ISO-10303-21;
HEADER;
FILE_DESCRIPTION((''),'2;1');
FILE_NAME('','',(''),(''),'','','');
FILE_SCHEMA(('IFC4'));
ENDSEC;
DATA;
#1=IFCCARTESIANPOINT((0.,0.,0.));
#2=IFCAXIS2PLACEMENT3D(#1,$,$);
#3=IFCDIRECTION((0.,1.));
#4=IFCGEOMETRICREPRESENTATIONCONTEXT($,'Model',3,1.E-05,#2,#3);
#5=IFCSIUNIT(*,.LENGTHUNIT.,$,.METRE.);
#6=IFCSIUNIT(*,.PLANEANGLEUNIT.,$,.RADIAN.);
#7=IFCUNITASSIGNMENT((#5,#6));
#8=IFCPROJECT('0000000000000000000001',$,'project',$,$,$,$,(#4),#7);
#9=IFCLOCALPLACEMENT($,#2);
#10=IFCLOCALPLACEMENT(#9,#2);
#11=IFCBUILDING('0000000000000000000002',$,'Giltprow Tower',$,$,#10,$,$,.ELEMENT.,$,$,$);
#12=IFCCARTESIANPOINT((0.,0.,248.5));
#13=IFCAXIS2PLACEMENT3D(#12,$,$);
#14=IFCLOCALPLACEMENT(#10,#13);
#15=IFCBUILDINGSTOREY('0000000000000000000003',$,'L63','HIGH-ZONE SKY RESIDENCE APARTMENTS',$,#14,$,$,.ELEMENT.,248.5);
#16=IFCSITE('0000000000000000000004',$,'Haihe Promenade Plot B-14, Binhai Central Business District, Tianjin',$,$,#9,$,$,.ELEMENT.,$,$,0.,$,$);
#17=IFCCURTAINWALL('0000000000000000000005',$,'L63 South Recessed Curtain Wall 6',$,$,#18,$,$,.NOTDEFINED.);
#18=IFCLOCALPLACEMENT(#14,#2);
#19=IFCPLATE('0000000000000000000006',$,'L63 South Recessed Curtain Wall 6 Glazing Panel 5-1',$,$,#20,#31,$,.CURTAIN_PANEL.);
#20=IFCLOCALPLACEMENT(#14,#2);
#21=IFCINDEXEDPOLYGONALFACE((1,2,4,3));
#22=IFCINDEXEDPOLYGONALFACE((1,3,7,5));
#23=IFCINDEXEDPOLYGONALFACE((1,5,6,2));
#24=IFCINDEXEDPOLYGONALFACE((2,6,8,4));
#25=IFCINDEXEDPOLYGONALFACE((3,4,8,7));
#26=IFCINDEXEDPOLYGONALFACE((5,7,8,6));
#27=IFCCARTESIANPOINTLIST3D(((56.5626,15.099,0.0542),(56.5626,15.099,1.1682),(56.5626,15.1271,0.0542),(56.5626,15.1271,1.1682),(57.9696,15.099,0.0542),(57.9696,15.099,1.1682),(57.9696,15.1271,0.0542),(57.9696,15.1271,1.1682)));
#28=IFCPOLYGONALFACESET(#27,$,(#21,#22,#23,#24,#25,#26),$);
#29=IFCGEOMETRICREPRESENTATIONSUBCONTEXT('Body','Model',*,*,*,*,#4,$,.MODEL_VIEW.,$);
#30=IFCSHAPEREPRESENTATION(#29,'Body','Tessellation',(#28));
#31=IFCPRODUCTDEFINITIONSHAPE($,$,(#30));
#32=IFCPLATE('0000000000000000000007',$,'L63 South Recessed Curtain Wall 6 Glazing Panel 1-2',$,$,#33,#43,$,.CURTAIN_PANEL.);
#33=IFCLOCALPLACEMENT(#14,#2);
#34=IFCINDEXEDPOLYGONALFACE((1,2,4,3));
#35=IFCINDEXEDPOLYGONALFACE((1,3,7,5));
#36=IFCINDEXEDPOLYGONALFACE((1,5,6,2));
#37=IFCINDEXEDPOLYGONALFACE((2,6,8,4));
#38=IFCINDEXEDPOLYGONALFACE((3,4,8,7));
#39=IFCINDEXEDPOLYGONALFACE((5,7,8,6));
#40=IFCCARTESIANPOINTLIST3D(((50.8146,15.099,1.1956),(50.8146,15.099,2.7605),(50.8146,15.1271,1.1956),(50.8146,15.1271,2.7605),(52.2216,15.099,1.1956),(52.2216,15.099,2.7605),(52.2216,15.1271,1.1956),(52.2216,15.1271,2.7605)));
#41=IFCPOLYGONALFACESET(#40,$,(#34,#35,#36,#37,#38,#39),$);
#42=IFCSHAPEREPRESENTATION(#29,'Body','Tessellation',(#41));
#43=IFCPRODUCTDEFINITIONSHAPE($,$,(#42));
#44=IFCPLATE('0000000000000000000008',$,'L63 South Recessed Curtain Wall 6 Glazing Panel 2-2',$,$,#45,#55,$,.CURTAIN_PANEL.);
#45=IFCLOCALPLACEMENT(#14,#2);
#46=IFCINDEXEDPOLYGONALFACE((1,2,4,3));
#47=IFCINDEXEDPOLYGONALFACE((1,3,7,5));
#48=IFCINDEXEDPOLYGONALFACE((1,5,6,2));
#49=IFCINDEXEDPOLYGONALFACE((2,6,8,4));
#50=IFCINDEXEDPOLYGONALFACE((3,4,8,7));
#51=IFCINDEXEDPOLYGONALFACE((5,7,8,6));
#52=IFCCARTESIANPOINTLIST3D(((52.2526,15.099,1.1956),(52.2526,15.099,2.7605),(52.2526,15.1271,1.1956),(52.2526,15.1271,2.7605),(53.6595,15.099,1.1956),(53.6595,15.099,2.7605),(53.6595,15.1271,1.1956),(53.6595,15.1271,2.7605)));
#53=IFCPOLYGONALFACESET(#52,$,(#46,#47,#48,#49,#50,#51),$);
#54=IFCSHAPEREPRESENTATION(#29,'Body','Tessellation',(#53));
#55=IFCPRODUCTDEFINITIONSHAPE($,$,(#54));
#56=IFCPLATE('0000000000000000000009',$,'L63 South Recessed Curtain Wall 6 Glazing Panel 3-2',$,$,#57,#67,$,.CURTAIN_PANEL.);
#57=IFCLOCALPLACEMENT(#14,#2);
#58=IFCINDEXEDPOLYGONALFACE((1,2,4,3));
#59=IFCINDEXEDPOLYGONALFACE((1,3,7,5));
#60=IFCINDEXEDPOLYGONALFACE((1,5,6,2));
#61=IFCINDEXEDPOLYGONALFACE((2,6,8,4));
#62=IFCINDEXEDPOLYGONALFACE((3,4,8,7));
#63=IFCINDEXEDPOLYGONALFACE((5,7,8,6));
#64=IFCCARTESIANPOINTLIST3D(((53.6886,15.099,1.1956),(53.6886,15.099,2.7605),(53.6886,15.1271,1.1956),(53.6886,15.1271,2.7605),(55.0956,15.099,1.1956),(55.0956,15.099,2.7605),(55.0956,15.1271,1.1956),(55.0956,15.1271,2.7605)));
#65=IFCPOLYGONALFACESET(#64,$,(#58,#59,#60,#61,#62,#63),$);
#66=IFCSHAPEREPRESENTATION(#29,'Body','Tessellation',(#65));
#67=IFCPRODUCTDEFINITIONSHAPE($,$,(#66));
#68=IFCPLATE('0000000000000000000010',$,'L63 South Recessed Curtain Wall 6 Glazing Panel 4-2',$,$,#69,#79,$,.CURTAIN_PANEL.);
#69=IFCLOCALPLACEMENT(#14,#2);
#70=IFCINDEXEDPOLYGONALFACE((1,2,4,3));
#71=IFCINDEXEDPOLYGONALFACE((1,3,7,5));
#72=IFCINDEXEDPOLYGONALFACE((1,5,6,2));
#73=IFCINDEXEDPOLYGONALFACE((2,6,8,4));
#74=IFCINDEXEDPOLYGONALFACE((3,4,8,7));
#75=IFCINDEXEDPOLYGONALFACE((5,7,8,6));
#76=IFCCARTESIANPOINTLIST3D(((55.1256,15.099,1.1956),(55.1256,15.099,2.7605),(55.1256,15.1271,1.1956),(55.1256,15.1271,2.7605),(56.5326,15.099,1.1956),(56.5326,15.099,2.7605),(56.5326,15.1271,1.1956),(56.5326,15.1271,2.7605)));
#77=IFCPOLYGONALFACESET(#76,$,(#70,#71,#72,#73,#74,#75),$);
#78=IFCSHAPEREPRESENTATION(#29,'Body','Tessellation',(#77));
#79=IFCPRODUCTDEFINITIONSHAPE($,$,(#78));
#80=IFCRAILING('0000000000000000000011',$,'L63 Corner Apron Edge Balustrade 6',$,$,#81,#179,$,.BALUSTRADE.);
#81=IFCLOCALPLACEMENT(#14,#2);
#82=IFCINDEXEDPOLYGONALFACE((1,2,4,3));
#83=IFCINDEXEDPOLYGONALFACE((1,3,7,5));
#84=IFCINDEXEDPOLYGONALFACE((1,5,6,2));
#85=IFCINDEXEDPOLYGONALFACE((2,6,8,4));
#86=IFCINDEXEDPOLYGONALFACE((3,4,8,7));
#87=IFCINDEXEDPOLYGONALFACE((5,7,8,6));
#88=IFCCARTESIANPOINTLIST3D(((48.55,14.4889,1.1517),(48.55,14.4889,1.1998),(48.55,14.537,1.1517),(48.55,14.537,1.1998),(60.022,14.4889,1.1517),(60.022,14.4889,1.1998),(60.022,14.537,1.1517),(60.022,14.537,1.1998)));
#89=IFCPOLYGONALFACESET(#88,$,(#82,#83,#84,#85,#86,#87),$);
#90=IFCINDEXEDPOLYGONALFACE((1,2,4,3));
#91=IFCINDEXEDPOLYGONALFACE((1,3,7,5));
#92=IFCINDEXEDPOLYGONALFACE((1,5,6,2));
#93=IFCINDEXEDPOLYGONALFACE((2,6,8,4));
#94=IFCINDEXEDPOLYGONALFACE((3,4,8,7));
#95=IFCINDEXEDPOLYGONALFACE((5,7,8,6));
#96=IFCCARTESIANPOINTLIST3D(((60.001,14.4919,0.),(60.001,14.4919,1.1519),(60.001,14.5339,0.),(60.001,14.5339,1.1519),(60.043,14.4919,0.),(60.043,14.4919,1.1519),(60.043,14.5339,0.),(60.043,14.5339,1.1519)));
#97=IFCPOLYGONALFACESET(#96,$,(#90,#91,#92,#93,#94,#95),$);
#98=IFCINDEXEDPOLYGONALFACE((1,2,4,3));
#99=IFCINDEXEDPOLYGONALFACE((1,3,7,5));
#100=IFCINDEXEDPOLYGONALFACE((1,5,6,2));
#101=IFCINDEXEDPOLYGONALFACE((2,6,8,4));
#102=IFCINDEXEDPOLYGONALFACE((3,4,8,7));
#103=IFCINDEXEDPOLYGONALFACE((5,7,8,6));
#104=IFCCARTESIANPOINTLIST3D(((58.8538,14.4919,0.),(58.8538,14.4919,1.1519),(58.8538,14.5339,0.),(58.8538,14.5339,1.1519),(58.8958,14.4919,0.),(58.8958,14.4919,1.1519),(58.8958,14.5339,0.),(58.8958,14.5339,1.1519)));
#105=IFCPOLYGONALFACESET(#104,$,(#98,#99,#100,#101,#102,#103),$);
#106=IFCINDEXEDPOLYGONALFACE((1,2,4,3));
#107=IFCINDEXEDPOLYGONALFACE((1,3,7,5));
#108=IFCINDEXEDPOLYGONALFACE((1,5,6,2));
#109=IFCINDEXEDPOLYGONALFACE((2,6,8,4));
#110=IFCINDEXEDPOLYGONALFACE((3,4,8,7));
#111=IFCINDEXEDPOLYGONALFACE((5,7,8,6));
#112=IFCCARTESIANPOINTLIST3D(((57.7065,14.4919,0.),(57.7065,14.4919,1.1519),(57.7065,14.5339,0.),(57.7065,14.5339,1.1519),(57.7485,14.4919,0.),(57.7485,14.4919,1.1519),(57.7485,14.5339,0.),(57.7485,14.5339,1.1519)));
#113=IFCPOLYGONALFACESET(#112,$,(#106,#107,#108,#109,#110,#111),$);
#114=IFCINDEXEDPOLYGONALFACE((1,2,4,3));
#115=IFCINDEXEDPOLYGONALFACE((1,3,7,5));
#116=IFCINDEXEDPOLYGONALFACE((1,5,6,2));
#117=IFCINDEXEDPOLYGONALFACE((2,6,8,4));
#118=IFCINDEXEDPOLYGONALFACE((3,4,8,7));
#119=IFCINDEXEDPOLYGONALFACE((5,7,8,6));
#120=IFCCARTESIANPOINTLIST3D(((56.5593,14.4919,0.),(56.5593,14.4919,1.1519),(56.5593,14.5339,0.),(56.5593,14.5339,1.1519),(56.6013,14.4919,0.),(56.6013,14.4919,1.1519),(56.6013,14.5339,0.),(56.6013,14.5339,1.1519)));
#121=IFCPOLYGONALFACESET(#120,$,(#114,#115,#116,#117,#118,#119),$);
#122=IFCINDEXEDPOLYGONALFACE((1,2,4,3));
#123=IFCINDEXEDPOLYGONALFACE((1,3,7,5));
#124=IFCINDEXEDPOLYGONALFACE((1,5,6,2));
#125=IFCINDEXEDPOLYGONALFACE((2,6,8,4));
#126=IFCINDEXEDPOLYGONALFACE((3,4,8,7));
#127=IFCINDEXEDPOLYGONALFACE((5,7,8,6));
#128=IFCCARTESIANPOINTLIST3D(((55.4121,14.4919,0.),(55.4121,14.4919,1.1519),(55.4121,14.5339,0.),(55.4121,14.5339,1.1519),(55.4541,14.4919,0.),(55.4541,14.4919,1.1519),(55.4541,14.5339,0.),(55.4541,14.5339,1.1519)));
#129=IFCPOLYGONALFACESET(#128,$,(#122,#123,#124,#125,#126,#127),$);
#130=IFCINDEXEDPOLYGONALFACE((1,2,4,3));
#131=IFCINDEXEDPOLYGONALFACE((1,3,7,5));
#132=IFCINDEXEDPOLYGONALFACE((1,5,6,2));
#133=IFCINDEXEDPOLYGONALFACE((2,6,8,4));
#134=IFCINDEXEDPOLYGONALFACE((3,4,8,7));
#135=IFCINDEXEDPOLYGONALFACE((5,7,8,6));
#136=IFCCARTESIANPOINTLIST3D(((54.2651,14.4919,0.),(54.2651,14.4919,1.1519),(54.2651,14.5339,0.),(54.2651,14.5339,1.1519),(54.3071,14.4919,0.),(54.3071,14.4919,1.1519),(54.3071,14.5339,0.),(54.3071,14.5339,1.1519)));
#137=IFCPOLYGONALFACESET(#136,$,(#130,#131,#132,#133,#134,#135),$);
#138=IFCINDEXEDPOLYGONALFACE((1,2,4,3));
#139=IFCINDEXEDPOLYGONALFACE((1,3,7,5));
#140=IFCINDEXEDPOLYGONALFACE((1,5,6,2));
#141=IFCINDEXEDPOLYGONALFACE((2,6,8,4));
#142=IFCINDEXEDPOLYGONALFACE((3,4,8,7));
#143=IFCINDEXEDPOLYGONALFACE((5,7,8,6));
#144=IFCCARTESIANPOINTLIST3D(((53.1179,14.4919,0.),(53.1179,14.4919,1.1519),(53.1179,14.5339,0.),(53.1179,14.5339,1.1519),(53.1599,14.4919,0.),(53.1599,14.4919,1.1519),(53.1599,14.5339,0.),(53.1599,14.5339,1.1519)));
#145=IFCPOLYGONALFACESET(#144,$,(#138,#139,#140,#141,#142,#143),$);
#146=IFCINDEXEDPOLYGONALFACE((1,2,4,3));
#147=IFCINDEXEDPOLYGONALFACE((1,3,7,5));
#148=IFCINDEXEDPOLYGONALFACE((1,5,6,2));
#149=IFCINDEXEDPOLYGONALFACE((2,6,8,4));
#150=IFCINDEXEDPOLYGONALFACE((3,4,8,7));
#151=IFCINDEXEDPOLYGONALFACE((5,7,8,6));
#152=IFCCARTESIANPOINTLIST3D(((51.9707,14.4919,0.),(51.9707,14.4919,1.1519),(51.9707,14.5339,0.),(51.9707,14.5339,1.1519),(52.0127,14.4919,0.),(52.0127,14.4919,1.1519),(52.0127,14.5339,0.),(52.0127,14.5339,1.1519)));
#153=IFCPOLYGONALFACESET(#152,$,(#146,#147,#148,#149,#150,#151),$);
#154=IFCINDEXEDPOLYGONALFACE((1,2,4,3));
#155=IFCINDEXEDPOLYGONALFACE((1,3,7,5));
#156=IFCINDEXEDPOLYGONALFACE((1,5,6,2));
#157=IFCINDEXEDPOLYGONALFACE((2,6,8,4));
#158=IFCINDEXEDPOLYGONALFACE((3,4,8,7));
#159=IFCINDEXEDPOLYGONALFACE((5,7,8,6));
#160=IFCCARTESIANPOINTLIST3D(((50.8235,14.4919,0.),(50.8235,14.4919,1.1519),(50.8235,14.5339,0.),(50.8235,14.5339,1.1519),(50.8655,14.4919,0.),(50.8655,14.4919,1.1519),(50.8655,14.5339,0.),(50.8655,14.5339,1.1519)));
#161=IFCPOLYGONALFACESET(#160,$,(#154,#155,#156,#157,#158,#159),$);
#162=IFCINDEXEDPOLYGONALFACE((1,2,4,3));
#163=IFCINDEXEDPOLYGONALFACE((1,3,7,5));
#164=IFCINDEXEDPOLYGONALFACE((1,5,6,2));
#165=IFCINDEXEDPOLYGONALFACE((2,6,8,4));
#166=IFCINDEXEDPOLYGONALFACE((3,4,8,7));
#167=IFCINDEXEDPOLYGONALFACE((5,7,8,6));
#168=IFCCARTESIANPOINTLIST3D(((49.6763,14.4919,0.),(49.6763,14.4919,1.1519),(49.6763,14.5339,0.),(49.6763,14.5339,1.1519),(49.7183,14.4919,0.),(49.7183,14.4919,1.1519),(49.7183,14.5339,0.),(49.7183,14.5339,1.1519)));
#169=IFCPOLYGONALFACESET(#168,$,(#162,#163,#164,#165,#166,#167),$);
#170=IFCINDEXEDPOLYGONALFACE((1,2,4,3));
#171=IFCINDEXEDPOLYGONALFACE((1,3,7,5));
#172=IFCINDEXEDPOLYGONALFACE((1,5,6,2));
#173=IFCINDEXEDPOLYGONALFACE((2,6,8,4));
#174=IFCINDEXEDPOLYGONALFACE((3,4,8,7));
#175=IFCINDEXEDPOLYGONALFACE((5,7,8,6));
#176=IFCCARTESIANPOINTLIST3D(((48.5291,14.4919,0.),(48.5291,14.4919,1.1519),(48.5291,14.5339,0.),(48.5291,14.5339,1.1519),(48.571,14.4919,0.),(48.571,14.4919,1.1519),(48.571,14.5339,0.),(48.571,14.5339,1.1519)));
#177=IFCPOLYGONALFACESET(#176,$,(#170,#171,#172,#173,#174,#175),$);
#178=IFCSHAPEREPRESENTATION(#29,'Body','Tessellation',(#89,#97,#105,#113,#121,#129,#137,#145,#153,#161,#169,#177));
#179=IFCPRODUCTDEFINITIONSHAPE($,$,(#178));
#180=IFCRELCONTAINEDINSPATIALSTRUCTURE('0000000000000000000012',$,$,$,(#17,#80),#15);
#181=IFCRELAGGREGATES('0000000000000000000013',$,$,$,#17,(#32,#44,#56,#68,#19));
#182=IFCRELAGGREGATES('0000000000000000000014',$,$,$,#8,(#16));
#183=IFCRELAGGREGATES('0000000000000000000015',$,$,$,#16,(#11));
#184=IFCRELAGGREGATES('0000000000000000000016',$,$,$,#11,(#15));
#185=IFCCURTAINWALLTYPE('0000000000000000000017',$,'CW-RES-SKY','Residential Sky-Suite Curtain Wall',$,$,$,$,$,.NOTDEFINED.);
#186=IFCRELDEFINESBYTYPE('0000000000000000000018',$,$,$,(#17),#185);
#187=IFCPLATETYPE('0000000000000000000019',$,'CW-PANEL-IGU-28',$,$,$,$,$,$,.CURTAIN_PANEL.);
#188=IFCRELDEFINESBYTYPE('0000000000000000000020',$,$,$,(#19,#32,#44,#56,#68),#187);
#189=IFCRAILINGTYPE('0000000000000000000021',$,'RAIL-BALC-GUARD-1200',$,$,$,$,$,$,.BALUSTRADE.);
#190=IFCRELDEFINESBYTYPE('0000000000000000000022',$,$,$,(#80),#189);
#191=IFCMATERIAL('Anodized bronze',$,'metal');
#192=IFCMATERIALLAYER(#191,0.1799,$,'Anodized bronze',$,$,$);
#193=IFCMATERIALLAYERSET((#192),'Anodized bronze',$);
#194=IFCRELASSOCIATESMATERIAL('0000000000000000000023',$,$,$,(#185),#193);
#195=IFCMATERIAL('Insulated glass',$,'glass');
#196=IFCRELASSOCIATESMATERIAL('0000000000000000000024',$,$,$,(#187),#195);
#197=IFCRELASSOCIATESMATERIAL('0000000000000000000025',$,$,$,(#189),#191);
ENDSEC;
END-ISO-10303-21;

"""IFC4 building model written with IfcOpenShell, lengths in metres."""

from ifc_helpers import new_model, si_unit, direction, frame, origin, origin_2d, place, context, subcontext, project, spatial, rectangle, extrude, source, transform, mapped, material, layer, layer_set, type_object, element, aggregate, save


model = new_model("IFC4")

# Units and contexts
model_context = context("Model", 3, precision=1e-05, world=origin(), true_north=direction((0.0, 1.0)))
body_context = subcontext(model_context, "Body", "Model", "MODEL_VIEW")
ifc_project = project(units=[si_unit("LENGTHUNIT", "METRE"), si_unit("PLANEANGLEUNIT", "RADIAN")], contexts=[model_context])

# Site, building, storey
site_placement = place(None, origin())
site = spatial("IfcSite", under=ifc_project, at=site_placement, Name="Haihe Promenade Plot B-14, Binhai Central Business District, Tianjin", CompositionType="ELEMENT", RefElevation=0.0)
building_placement = place(site_placement, origin())
building = spatial("IfcBuilding", under=site, at=building_placement, Name="Giltprow Tower", CompositionType="ELEMENT")
storey_placement = place(building_placement, frame((0.0, 0.0, 248.5)))
storey = spatial("IfcBuildingStorey", under=building, at=storey_placement, Name="L63", Description="HIGH-ZONE SKY RESIDENCE APARTMENTS", CompositionType="ELEMENT", Elevation=248.5)

# Curtain wall, plates
ifc_material_1 = material(Name="Anodized bronze", Category="metal")
ifc_layer = layer(ifc_material_1, 0.1799, Name="Anodized bronze")
ifc_layer_set = layer_set([ifc_layer], Name="Anodized bronze")
curtain_wall_type = type_object("IfcCurtainWallType", Name="CW-RES-SKY", Description="Residential Sky-Suite Curtain Wall", PredefinedType="NOTDEFINED", material=ifc_layer_set)
curtain_wall_placement = place(storey_placement, origin())
curtain_wall = element("IfcCurtainWall", 1, at=curtain_wall_placement, inside=storey, type_object=curtain_wall_type, Name="L63 South Recessed Curtain Wall 6", PredefinedType="NOTDEFINED")
ifc_material_2 = material(Name="Insulated glass", Category="glass")
plate_type = type_object("IfcPlateType", Name="CW-PANEL-IGU-28", PredefinedType="CURTAIN_PANEL", material=ifc_material_2)
shared_shape_1 = source(origin(), body_context, "Body", "SweptSolid", [
    extrude(rectangle(XDim=1.407, YDim=0.0281, at=origin_2d()), origin(), (0.0, 0.0, 1.0), 1.114),
])
plate_1_placement = place(storey_placement, frame((57.2661, 15.113, 0.0542), z_axis=(0.0, 0.0, 1.0), x_axis=(1.0, 0.0, 0.0)))
plate_1 = element("IfcPlate", 2, at=plate_1_placement, type_object=plate_type, Name="L63 South Recessed Curtain Wall 6 Glazing Panel 5-1", PredefinedType="CURTAIN_PANEL", context=body_context, shape_type="MappedRepresentation", body=[
    mapped(shared_shape_1, transform((0.0, 0.0, 0.0), x_axis=(1.0, 0.0, 0.0), y_axis=(0.0, 1.0, 0.0), z_axis=(0.0, 0.0, 1.0), scale=1.0)),
])
shared_shape_2 = source(origin(), body_context, "Body", "SweptSolid", [
    extrude(rectangle(XDim=1.407, YDim=0.0281, at=origin_2d()), origin(), (0.0, 0.0, 1.0), 1.5649),
])
plate_2_placement = place(storey_placement, frame((51.5181, 15.113, 1.1956), z_axis=(0.0, 0.0, 1.0), x_axis=(1.0, 0.0, 0.0)))
plate_2 = element("IfcPlate", 3, at=plate_2_placement, type_object=plate_type, Name="L63 South Recessed Curtain Wall 6 Glazing Panel 1-2", PredefinedType="CURTAIN_PANEL", context=body_context, shape_type="MappedRepresentation", body=[
    mapped(shared_shape_2, transform((0.0, 0.0, 0.0), x_axis=(1.0, 0.0, 0.0), y_axis=(0.0, 1.0, 0.0), z_axis=(0.0, 0.0, 1.0), scale=1.0)),
])
plate_3_placement = place(storey_placement, frame((52.9561, 15.113, 1.1956), z_axis=(0.0, 0.0, 1.0), x_axis=(1.0, 0.0, 0.0)))
plate_3 = element("IfcPlate", 4, at=plate_3_placement, type_object=plate_type, Name="L63 South Recessed Curtain Wall 6 Glazing Panel 2-2", PredefinedType="CURTAIN_PANEL", context=body_context, shape_type="MappedRepresentation", body=[
    mapped(shared_shape_2, transform((0.0, 0.0, 0.0), x_axis=(1.0, 0.0, 0.0), y_axis=(0.0, 1.0, 0.0), z_axis=(0.0, 0.0, 1.0), scale=1.0)),
])
plate_4_placement = place(storey_placement, frame((54.3921, 15.113, 1.1956), z_axis=(0.0, 0.0, 1.0), x_axis=(1.0, 0.0, 0.0)))
plate_4 = element("IfcPlate", 5, at=plate_4_placement, type_object=plate_type, Name="L63 South Recessed Curtain Wall 6 Glazing Panel 3-2", PredefinedType="CURTAIN_PANEL", context=body_context, shape_type="MappedRepresentation", body=[
    mapped(shared_shape_2, transform((0.0, 0.0, 0.0), x_axis=(1.0, 0.0, 0.0), y_axis=(0.0, 1.0, 0.0), z_axis=(0.0, 0.0, 1.0), scale=1.0)),
])
plate_5_placement = place(storey_placement, frame((55.8291, 15.113, 1.1956), z_axis=(0.0, 0.0, 1.0), x_axis=(1.0, 0.0, 0.0)))
plate_5 = element("IfcPlate", 6, at=plate_5_placement, type_object=plate_type, Name="L63 South Recessed Curtain Wall 6 Glazing Panel 4-2", PredefinedType="CURTAIN_PANEL", context=body_context, shape_type="MappedRepresentation", body=[
    mapped(shared_shape_2, transform((0.0, 0.0, 0.0), x_axis=(1.0, 0.0, 0.0), y_axis=(0.0, 1.0, 0.0), z_axis=(0.0, 0.0, 1.0), scale=1.0)),
])
aggregate(curtain_wall, [plate_2, plate_3, plate_4, plate_5, plate_1])

# Railing
railing_type = type_object("IfcRailingType", Name="RAIL-BALC-GUARD-1200", PredefinedType="BALUSTRADE", material=ifc_material_1)
railing_placement = place(storey_placement, frame((60.022, 14.5129, 0.0)))
element("IfcRailing", 7, at=railing_placement, inside=storey, type_object=railing_type, Name="L63 Corner Apron Edge Balustrade 6", PredefinedType="BALUSTRADE", context=body_context, shape_type="SweptSolid", body=[
    extrude(rectangle(XDim=0.0481, YDim=0.0481, at=origin_2d()), frame((0.0, 0.0, 1.1758), z_axis=(-1.0, 0.0, 0.0), x_axis=(0.0, -1.0, 0.0)), (0.0, 0.0, 1.0), 11.4719),
    extrude(rectangle(XDim=0.042, YDim=0.042, at=origin_2d()), origin(), (0.0, 0.0, 1.0), 1.1519),
    extrude(rectangle(XDim=0.042, YDim=0.042, at=origin_2d()), frame((-1.1472, 0.0, 0.0)), (0.0, 0.0, 1.0), 1.1519),
    extrude(rectangle(XDim=0.042, YDim=0.042, at=origin_2d()), frame((-2.2944, 0.0, 0.0)), (0.0, 0.0, 1.0), 1.1519),
    extrude(rectangle(XDim=0.042, YDim=0.042, at=origin_2d()), frame((-3.4417, 0.0, 0.0)), (0.0, 0.0, 1.0), 1.1519),
    extrude(rectangle(XDim=0.042, YDim=0.042, at=origin_2d()), frame((-4.5889, 0.0, 0.0)), (0.0, 0.0, 1.0), 1.1519),
    extrude(rectangle(XDim=0.042, YDim=0.042, at=origin_2d()), frame((-5.7358, 0.0, 0.0)), (0.0, 0.0, 1.0), 1.1519),
    extrude(rectangle(XDim=0.042, YDim=0.042, at=origin_2d()), frame((-6.8831, 0.0, 0.0)), (0.0, 0.0, 1.0), 1.1519),
    extrude(rectangle(XDim=0.042, YDim=0.042, at=origin_2d()), frame((-8.0303, 0.0, 0.0)), (0.0, 0.0, 1.0), 1.1519),
    extrude(rectangle(XDim=0.042, YDim=0.042, at=origin_2d()), frame((-9.1775, 0.0, 0.0)), (0.0, 0.0, 1.0), 1.1519),
    extrude(rectangle(XDim=0.042, YDim=0.042, at=origin_2d()), frame((-10.3247, 0.0, 0.0)), (0.0, 0.0, 1.0), 1.1519),
    extrude(rectangle(XDim=0.042, YDim=0.042, at=origin_2d()), frame((-11.4719, 0.0, 0.0)), (0.0, 0.0, 1.0), 1.1519),
])

save(model, "model.ifc")
